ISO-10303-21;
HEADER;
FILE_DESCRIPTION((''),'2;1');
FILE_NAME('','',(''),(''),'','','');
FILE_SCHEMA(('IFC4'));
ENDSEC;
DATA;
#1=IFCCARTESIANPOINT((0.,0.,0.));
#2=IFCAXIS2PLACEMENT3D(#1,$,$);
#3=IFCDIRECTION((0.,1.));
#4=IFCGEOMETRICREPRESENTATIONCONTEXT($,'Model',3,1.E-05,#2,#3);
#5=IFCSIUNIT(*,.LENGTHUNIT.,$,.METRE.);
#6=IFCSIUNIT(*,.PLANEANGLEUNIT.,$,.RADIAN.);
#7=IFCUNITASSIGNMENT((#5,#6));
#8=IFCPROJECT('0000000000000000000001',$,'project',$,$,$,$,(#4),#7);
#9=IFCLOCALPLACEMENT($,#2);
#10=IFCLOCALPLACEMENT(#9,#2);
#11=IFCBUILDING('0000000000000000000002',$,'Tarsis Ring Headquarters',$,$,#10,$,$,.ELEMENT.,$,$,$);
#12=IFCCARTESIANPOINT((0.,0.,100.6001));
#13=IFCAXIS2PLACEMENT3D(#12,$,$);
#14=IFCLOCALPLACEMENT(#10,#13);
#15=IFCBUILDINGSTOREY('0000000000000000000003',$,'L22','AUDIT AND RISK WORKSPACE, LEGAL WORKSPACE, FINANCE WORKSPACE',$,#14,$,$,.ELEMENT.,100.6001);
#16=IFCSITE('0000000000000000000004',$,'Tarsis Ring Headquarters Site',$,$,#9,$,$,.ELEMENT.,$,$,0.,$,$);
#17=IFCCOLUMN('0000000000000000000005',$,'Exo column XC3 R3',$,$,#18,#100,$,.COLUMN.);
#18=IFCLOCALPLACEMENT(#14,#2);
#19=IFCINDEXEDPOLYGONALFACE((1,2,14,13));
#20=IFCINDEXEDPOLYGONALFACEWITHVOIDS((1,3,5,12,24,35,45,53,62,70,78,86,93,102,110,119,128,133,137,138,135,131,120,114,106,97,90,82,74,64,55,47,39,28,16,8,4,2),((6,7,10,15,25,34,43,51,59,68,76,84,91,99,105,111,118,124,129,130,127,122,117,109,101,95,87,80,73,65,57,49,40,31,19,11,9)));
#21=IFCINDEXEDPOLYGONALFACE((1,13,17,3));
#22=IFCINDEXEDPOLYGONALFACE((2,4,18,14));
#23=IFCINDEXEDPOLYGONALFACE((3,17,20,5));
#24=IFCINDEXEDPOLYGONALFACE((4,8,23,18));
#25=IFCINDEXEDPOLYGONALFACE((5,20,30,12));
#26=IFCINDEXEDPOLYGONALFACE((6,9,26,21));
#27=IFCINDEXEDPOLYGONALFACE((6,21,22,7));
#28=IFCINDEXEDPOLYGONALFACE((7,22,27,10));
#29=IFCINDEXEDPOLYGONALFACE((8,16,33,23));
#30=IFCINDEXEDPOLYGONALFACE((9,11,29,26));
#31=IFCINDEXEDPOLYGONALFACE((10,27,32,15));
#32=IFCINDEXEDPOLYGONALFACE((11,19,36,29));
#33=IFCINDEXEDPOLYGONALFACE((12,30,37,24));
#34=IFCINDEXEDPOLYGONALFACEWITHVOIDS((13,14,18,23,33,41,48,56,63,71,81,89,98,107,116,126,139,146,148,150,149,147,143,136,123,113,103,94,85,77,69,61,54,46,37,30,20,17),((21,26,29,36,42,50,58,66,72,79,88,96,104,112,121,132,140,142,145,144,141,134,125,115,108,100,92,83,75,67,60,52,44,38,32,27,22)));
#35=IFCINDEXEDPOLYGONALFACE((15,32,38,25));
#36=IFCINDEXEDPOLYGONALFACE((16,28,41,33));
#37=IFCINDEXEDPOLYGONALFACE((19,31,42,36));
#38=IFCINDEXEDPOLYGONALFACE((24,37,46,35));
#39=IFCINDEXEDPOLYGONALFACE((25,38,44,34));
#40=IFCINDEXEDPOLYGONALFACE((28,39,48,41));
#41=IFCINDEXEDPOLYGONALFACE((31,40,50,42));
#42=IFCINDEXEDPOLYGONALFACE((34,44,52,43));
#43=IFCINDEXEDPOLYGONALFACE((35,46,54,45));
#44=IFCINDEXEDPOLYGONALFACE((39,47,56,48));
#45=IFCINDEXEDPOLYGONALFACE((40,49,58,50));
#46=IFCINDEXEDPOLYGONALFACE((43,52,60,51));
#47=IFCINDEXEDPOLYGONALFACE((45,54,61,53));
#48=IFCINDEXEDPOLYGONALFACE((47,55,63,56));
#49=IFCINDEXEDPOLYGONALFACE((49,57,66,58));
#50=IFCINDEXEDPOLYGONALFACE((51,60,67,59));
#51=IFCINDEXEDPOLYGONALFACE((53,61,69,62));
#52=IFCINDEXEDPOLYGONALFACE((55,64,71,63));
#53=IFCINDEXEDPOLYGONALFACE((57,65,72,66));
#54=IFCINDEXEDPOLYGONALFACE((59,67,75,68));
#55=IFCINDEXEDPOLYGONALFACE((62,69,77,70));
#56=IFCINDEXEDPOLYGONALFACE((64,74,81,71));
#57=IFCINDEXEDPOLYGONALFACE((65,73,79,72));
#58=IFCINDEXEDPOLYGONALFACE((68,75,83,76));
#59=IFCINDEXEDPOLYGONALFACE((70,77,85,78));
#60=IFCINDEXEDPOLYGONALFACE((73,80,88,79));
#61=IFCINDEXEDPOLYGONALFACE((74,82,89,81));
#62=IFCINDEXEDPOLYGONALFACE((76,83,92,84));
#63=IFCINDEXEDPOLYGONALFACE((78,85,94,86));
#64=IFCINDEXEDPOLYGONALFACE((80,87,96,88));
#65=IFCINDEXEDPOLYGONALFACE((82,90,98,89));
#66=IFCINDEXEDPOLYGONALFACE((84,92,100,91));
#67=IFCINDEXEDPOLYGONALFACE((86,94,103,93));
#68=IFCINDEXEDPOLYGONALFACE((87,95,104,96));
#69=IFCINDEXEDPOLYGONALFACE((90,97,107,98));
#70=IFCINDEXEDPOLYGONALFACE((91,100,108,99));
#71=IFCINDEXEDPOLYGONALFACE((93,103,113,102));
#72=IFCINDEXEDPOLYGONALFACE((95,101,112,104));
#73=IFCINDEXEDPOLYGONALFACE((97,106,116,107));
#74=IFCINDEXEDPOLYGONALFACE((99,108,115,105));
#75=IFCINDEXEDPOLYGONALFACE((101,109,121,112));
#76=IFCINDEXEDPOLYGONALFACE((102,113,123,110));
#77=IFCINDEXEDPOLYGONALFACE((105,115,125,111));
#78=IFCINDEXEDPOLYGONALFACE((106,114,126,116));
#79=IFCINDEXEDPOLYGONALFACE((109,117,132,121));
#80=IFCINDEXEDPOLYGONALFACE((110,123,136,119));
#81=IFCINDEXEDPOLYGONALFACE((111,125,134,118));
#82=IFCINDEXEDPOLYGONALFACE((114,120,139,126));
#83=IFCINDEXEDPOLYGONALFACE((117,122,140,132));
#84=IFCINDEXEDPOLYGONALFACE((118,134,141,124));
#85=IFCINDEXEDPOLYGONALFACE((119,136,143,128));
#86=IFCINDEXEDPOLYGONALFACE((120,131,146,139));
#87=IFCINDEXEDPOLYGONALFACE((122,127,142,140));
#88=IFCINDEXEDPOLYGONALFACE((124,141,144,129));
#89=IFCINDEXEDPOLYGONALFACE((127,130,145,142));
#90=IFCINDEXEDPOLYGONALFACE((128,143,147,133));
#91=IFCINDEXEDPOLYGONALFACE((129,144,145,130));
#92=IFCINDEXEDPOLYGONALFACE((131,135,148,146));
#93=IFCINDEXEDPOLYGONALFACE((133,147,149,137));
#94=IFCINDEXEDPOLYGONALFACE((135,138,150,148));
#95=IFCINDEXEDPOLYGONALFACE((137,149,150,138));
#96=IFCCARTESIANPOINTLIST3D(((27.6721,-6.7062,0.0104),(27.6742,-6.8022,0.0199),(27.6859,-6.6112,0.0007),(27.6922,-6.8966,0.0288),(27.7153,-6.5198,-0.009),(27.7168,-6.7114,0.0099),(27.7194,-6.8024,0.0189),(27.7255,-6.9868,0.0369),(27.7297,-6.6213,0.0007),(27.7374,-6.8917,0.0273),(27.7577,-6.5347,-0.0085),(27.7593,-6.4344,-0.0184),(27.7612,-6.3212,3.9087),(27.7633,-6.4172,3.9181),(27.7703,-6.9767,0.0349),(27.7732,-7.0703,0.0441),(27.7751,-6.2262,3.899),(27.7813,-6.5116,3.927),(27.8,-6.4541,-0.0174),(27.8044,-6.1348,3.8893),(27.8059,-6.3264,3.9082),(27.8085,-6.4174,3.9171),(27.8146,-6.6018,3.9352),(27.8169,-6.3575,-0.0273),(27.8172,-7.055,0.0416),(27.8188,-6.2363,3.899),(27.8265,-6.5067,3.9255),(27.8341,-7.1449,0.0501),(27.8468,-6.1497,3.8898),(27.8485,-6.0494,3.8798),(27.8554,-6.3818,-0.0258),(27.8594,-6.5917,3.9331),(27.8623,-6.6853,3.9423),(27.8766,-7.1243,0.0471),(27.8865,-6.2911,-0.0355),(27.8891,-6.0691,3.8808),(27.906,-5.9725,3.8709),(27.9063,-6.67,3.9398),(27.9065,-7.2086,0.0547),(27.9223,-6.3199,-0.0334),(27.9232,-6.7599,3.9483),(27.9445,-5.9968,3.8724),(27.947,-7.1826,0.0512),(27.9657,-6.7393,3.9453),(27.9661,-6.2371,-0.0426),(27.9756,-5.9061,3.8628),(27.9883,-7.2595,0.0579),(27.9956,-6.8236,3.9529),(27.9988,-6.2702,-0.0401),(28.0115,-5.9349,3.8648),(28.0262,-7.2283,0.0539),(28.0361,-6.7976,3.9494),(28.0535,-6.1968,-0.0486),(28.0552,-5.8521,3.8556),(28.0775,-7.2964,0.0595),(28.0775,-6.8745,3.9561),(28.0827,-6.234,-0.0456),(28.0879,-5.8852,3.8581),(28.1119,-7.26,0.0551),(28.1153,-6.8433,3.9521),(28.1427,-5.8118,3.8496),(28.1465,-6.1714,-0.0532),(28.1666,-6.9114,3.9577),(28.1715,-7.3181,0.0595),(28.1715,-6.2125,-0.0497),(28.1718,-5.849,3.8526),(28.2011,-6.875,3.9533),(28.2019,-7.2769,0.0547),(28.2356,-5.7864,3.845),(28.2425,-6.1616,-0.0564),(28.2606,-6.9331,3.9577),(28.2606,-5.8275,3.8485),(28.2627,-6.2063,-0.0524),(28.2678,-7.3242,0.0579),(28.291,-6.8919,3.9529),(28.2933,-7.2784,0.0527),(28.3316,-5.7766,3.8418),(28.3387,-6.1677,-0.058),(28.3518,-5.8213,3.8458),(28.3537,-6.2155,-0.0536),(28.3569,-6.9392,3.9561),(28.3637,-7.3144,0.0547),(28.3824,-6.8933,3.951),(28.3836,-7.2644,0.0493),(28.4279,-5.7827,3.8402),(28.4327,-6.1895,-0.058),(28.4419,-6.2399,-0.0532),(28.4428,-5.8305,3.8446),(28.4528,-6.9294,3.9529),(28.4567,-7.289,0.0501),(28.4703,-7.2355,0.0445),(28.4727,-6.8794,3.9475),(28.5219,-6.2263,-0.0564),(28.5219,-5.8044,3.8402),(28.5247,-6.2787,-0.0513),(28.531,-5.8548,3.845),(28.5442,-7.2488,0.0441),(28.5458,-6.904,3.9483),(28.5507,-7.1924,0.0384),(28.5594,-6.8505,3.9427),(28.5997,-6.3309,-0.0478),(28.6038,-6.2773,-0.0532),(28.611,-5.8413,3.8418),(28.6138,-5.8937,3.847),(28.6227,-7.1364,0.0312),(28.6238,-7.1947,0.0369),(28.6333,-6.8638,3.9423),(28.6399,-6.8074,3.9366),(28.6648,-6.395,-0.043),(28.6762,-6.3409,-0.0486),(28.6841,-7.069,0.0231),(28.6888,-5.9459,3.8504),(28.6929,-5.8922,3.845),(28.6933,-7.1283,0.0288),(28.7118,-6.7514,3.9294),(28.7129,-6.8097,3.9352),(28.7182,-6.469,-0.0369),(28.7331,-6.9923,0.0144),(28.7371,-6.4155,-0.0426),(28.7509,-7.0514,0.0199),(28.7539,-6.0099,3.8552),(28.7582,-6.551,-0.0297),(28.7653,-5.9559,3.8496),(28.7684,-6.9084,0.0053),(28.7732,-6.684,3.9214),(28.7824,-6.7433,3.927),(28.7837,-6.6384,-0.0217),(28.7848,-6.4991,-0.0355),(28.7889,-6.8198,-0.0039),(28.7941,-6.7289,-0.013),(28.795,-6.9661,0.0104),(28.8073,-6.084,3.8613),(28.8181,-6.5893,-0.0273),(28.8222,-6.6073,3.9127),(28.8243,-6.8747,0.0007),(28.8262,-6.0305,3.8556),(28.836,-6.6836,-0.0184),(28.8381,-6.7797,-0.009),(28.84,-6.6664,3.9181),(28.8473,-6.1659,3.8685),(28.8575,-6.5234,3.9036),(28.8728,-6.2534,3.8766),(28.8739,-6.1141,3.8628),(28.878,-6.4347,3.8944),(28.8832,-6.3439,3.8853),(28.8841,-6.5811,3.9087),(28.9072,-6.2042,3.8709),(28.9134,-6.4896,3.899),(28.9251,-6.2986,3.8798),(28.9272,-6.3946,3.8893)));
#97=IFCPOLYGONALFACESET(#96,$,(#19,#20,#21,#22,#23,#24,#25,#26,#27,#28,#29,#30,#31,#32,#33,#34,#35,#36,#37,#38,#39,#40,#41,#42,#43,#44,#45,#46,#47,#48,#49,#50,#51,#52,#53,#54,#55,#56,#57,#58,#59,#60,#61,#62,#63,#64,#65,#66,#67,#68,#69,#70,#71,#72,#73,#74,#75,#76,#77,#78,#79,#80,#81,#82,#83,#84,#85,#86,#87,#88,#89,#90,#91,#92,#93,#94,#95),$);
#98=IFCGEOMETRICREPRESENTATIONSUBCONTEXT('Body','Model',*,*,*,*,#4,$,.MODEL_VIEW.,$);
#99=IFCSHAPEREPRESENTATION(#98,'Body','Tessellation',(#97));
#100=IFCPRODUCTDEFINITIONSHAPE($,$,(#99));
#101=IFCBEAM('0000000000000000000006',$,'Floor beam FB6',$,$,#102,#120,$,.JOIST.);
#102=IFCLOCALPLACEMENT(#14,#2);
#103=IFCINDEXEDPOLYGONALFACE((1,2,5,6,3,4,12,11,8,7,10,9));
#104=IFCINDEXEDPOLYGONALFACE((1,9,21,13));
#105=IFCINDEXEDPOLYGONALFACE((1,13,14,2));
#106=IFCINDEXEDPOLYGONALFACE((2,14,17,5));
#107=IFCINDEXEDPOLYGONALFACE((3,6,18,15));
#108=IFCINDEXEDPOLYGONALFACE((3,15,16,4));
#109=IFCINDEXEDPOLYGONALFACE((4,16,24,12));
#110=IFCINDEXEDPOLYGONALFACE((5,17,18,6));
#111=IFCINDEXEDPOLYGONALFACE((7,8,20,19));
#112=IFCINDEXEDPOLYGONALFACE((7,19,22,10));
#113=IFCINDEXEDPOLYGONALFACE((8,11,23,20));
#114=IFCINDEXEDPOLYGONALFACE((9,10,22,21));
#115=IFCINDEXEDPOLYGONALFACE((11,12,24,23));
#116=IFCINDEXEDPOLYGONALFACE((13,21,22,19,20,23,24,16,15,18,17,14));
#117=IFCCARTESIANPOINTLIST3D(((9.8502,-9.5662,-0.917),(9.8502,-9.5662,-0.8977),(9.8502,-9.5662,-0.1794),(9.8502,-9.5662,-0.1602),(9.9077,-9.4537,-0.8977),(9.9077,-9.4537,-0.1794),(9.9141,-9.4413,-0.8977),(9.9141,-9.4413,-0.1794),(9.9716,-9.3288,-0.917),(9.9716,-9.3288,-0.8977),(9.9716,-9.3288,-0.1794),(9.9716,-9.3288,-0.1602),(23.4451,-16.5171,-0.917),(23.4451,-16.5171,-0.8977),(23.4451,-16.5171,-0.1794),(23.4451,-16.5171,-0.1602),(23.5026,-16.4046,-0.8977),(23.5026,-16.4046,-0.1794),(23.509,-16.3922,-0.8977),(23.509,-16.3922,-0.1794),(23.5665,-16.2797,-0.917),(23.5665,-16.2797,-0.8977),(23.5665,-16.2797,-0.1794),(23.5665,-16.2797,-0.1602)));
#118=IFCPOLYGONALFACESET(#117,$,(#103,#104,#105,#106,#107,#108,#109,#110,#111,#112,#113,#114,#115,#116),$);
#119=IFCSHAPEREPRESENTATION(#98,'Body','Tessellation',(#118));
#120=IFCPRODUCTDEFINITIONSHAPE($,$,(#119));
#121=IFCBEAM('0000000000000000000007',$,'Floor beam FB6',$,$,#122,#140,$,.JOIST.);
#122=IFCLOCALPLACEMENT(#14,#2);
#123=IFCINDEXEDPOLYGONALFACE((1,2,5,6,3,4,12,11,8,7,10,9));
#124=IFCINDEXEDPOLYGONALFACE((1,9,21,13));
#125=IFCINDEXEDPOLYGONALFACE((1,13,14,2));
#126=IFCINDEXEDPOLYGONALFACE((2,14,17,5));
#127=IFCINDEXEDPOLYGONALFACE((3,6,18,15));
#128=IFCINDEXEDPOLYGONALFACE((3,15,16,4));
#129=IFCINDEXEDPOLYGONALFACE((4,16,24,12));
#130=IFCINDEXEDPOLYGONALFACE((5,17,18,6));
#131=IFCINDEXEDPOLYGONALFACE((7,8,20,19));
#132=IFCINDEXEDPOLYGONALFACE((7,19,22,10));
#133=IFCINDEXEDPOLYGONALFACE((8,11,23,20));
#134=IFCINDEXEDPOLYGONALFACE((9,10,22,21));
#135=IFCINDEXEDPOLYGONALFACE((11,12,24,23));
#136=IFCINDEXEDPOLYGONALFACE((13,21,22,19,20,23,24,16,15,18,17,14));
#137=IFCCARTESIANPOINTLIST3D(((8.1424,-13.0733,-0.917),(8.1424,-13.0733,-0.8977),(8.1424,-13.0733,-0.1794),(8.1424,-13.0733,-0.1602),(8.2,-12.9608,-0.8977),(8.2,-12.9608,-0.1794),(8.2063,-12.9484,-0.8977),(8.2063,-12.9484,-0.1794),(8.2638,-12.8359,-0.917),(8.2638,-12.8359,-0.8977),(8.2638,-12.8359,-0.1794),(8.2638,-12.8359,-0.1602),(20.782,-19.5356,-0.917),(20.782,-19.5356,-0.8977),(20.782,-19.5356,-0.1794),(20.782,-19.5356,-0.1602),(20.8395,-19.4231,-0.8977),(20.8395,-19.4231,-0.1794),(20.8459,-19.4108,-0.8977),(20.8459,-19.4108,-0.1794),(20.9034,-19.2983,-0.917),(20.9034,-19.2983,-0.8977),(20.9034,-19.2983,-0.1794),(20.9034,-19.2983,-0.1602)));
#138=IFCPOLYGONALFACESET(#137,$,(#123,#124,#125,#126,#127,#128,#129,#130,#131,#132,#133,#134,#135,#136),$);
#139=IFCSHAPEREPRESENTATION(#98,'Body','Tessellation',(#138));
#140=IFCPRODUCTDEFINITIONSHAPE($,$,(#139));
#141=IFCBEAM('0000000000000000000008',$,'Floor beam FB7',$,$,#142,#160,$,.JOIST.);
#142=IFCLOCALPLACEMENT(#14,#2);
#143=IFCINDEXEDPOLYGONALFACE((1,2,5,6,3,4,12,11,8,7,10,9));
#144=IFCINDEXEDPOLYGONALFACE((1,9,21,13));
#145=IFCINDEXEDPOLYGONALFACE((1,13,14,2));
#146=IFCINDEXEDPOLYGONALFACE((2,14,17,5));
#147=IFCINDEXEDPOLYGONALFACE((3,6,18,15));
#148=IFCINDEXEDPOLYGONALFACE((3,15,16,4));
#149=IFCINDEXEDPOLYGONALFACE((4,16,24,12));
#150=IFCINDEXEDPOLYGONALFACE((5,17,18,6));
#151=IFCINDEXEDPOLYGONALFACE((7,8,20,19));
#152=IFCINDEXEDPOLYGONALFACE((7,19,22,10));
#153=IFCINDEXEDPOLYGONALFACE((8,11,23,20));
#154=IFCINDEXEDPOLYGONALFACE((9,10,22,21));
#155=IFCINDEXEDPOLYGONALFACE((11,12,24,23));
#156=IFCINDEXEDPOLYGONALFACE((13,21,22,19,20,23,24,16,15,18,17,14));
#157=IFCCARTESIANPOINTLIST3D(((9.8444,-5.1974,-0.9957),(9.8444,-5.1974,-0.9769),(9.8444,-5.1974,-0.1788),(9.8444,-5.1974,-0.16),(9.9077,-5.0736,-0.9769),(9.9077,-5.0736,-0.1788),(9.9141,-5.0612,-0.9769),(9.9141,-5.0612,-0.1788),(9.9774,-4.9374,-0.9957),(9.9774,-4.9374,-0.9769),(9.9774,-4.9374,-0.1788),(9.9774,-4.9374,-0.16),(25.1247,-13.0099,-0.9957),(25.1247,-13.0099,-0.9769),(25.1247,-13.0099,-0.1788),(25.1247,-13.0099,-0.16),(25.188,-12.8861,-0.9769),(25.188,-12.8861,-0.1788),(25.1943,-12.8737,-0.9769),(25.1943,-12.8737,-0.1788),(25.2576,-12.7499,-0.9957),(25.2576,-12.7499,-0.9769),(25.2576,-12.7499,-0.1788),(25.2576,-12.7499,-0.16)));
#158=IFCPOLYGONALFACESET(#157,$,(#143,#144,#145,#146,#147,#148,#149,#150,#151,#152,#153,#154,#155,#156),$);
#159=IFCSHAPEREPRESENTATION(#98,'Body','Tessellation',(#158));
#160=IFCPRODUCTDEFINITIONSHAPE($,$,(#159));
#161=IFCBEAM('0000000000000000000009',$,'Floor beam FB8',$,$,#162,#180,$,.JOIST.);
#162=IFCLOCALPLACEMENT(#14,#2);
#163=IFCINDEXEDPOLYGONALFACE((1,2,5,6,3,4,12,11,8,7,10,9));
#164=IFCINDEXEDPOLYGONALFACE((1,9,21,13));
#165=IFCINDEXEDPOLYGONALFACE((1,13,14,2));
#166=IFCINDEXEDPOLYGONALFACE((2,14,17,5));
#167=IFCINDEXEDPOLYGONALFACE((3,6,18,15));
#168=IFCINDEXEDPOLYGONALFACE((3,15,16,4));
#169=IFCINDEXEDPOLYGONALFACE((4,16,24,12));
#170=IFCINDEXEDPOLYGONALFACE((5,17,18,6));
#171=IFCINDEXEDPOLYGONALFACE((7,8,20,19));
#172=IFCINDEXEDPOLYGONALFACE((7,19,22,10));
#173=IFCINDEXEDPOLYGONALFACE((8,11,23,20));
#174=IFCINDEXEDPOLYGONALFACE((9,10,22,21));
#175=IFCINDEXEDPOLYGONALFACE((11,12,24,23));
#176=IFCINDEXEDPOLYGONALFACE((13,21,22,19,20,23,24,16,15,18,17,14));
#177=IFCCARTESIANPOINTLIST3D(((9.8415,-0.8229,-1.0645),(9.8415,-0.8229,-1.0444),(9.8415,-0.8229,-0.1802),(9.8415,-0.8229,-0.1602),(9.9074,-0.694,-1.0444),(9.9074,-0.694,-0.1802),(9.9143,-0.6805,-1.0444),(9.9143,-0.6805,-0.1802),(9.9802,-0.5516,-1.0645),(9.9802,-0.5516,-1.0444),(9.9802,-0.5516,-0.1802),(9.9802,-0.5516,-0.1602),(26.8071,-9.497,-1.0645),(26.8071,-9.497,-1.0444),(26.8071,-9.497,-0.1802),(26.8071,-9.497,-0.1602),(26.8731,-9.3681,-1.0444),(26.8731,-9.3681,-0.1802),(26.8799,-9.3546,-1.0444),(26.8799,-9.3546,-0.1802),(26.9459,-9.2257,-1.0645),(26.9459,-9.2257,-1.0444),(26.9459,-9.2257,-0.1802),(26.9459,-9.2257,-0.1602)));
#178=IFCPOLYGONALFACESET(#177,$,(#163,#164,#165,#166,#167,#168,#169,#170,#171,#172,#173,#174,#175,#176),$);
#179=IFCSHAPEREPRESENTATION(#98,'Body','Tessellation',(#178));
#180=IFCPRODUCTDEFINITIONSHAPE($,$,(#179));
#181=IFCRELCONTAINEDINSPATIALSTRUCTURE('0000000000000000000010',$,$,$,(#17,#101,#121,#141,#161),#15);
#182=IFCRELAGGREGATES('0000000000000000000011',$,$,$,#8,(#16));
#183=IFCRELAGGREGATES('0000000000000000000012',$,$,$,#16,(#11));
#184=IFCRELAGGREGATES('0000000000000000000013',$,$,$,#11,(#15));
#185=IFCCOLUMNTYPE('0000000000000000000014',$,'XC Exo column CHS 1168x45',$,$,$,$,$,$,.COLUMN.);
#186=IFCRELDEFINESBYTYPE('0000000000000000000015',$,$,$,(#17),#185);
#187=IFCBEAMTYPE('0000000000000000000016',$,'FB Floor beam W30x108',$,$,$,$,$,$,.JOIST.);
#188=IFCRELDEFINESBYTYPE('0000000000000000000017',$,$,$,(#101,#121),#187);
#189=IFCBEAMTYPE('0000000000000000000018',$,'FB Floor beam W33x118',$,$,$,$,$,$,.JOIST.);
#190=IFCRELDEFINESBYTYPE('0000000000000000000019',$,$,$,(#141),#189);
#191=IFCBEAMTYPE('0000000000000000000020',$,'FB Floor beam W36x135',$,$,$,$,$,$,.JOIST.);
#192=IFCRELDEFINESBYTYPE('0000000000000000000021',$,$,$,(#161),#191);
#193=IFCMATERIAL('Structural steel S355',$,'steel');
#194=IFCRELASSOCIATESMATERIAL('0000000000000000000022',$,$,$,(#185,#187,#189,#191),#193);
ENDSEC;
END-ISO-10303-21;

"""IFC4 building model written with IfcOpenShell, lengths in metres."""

from ifc_helpers import new_model, si_unit, direction, frame, origin, origin_2d, place, context, subcontext, project, spatial, hollow_circle, i_section, extrude, material, material_profile, profile_set, type_object, element, save


model = new_model("IFC4")

# Units and contexts
model_context = context("Model", 3, precision=1e-05, world=origin(), true_north=direction((0.0, 1.0)))
body_context = subcontext(model_context, "Body", "Model", "MODEL_VIEW")
ifc_project = project(units=[si_unit("LENGTHUNIT", "METRE"), si_unit("PLANEANGLEUNIT", "RADIAN")], contexts=[model_context])

# Site, building, storey
site_placement = place(None, origin())
site = spatial("IfcSite", under=ifc_project, at=site_placement, Name="Tarsis Ring Headquarters Site", CompositionType="ELEMENT", RefElevation=0.0)
building_placement = place(site_placement, origin())
building = spatial("IfcBuilding", under=site, at=building_placement, Name="Tarsis Ring Headquarters", CompositionType="ELEMENT")
storey_placement = place(building_placement, frame((0.0, 0.0, 100.6001)))
storey = spatial("IfcBuildingStorey", under=building, at=storey_placement, Name="L22", Description="AUDIT AND RISK WORKSPACE, LEGAL WORKSPACE, FINANCE WORKSPACE", CompositionType="ELEMENT", Elevation=100.6001)

# Column
ifc_material_1 = material(Name="Structural steel S355", Category="steel")
ifc_material_profile_1 = material_profile(ifc_material_1, hollow_circle(Radius=0.5842, WallThickness=0.0449, at=origin_2d()), Name="CHS 1168x45")
ifc_profile_set_1 = profile_set([ifc_material_profile_1], Name="Structural steel S355")
column_type = type_object("IfcColumnType", Name="XC Exo column CHS 1168x45", PredefinedType="COLUMN", material=ifc_profile_set_1)
column_placement = place(storey_placement, frame((28.2551, -6.7429, 0.0007), z_axis=(0.022743, 0.098263, 0.994901), x_axis=(-0.974245, 0.225491, 0.0)))
element("IfcColumn", 1, at=column_placement, inside=storey, type_object=column_type, Name="Exo column XC3 R3", PredefinedType="COLUMN", context=body_context, shape_type="SweptSolid", body=[
    extrude(hollow_circle(Radius=0.5842, WallThickness=0.0449, at=origin_2d()), origin(), (0.0, 0.0, 1.0), 3.9182),
])

# Beams
ifc_material_profile_2 = material_profile(ifc_material_1, i_section(OverallWidth=0.2666, OverallDepth=0.7568, WebThickness=0.0139, FlangeThickness=0.0193, at=origin_2d()), Name="W30x108")
ifc_profile_set_2 = profile_set([ifc_material_profile_2], Name="Structural steel S355")
beam_type_1 = type_object("IfcBeamType", Name="FB Floor beam W30x108", PredefinedType="JOIST", material=ifc_profile_set_2)
beam_1_placement = place(storey_placement, frame((9.9109, -9.4475, -0.5386), z_axis=(0.890371, -0.455235, 0.0), x_axis=(0.455235, 0.890371, 0.0)))
element("IfcBeam", 2, at=beam_1_placement, inside=storey, type_object=beam_type_1, Name="Floor beam FB6", PredefinedType="JOIST", context=body_context, shape_type="SweptSolid", body=[
    extrude(i_section(OverallWidth=0.2666, OverallDepth=0.7568, WebThickness=0.0139, FlangeThickness=0.0193, at=origin_2d()), origin(), (0.0, 0.0, 1.0), 15.2688),
])
beam_2_placement = place(storey_placement, frame((8.2031, -12.9546, -0.5386), z_axis=(0.890374, -0.45523, 0.0), x_axis=(0.45523, 0.890374, 0.0)))
element("IfcBeam", 3, at=beam_2_placement, inside=storey, type_object=beam_type_1, Name="Floor beam FB6", PredefinedType="JOIST", context=body_context, shape_type="SweptSolid", body=[
    extrude(i_section(OverallWidth=0.2666, OverallDepth=0.7568, WebThickness=0.0139, FlangeThickness=0.0193, at=origin_2d()), origin(), (0.0, 0.0, 1.0), 14.1958),
])
ifc_material_profile_3 = material_profile(ifc_material_1, i_section(OverallWidth=0.292, OverallDepth=0.8357, WebThickness=0.0139, FlangeThickness=0.0188, at=origin_2d()), Name="W33x118")
ifc_profile_set_3 = profile_set([ifc_material_profile_3], Name="Structural steel S355")
beam_type_2 = type_object("IfcBeamType", Name="FB Floor beam W33x118", PredefinedType="JOIST", material=ifc_profile_set_3)
beam_3_placement = place(storey_placement, frame((9.9109, -5.0674, -0.5779), z_axis=(0.890374, -0.45523, 0.0), x_axis=(0.45523, 0.890374, 0.0)))
element("IfcBeam", 4, at=beam_3_placement, inside=storey, type_object=beam_type_2, Name="Floor beam FB7", PredefinedType="JOIST", context=body_context, shape_type="SweptSolid", body=[
    extrude(i_section(OverallWidth=0.292, OverallDepth=0.8357, WebThickness=0.0139, FlangeThickness=0.0188, at=origin_2d()), origin(), (0.0, 0.0, 1.0), 17.1616),
])
ifc_material_profile_4 = material_profile(ifc_material_1, i_section(OverallWidth=0.3047, OverallDepth=0.9043, WebThickness=0.0151, FlangeThickness=0.02, at=origin_2d()), Name="W36x135")
ifc_profile_set_4 = profile_set([ifc_material_profile_4], Name="Structural steel S355")
beam_type_3 = type_object("IfcBeamType", Name="FB Floor beam W36x135", PredefinedType="JOIST", material=ifc_profile_set_4)
beam_4_placement = place(storey_placement, frame((9.9109, -0.6873, -0.6123), z_axis=(0.890376, -0.455227, 0.0), x_axis=(0.455227, 0.890376, 0.0)))
element("IfcBeam", 5, at=beam_4_placement, inside=storey, type_object=beam_type_3, Name="Floor beam FB8", PredefinedType="JOIST", context=body_context, shape_type="SweptSolid", body=[
    extrude(i_section(OverallWidth=0.3047, OverallDepth=0.9043, WebThickness=0.0151, FlangeThickness=0.02, at=origin_2d()), origin(), (0.0, 0.0, 1.0), 19.0544),
])

save(model, "model.ifc")
